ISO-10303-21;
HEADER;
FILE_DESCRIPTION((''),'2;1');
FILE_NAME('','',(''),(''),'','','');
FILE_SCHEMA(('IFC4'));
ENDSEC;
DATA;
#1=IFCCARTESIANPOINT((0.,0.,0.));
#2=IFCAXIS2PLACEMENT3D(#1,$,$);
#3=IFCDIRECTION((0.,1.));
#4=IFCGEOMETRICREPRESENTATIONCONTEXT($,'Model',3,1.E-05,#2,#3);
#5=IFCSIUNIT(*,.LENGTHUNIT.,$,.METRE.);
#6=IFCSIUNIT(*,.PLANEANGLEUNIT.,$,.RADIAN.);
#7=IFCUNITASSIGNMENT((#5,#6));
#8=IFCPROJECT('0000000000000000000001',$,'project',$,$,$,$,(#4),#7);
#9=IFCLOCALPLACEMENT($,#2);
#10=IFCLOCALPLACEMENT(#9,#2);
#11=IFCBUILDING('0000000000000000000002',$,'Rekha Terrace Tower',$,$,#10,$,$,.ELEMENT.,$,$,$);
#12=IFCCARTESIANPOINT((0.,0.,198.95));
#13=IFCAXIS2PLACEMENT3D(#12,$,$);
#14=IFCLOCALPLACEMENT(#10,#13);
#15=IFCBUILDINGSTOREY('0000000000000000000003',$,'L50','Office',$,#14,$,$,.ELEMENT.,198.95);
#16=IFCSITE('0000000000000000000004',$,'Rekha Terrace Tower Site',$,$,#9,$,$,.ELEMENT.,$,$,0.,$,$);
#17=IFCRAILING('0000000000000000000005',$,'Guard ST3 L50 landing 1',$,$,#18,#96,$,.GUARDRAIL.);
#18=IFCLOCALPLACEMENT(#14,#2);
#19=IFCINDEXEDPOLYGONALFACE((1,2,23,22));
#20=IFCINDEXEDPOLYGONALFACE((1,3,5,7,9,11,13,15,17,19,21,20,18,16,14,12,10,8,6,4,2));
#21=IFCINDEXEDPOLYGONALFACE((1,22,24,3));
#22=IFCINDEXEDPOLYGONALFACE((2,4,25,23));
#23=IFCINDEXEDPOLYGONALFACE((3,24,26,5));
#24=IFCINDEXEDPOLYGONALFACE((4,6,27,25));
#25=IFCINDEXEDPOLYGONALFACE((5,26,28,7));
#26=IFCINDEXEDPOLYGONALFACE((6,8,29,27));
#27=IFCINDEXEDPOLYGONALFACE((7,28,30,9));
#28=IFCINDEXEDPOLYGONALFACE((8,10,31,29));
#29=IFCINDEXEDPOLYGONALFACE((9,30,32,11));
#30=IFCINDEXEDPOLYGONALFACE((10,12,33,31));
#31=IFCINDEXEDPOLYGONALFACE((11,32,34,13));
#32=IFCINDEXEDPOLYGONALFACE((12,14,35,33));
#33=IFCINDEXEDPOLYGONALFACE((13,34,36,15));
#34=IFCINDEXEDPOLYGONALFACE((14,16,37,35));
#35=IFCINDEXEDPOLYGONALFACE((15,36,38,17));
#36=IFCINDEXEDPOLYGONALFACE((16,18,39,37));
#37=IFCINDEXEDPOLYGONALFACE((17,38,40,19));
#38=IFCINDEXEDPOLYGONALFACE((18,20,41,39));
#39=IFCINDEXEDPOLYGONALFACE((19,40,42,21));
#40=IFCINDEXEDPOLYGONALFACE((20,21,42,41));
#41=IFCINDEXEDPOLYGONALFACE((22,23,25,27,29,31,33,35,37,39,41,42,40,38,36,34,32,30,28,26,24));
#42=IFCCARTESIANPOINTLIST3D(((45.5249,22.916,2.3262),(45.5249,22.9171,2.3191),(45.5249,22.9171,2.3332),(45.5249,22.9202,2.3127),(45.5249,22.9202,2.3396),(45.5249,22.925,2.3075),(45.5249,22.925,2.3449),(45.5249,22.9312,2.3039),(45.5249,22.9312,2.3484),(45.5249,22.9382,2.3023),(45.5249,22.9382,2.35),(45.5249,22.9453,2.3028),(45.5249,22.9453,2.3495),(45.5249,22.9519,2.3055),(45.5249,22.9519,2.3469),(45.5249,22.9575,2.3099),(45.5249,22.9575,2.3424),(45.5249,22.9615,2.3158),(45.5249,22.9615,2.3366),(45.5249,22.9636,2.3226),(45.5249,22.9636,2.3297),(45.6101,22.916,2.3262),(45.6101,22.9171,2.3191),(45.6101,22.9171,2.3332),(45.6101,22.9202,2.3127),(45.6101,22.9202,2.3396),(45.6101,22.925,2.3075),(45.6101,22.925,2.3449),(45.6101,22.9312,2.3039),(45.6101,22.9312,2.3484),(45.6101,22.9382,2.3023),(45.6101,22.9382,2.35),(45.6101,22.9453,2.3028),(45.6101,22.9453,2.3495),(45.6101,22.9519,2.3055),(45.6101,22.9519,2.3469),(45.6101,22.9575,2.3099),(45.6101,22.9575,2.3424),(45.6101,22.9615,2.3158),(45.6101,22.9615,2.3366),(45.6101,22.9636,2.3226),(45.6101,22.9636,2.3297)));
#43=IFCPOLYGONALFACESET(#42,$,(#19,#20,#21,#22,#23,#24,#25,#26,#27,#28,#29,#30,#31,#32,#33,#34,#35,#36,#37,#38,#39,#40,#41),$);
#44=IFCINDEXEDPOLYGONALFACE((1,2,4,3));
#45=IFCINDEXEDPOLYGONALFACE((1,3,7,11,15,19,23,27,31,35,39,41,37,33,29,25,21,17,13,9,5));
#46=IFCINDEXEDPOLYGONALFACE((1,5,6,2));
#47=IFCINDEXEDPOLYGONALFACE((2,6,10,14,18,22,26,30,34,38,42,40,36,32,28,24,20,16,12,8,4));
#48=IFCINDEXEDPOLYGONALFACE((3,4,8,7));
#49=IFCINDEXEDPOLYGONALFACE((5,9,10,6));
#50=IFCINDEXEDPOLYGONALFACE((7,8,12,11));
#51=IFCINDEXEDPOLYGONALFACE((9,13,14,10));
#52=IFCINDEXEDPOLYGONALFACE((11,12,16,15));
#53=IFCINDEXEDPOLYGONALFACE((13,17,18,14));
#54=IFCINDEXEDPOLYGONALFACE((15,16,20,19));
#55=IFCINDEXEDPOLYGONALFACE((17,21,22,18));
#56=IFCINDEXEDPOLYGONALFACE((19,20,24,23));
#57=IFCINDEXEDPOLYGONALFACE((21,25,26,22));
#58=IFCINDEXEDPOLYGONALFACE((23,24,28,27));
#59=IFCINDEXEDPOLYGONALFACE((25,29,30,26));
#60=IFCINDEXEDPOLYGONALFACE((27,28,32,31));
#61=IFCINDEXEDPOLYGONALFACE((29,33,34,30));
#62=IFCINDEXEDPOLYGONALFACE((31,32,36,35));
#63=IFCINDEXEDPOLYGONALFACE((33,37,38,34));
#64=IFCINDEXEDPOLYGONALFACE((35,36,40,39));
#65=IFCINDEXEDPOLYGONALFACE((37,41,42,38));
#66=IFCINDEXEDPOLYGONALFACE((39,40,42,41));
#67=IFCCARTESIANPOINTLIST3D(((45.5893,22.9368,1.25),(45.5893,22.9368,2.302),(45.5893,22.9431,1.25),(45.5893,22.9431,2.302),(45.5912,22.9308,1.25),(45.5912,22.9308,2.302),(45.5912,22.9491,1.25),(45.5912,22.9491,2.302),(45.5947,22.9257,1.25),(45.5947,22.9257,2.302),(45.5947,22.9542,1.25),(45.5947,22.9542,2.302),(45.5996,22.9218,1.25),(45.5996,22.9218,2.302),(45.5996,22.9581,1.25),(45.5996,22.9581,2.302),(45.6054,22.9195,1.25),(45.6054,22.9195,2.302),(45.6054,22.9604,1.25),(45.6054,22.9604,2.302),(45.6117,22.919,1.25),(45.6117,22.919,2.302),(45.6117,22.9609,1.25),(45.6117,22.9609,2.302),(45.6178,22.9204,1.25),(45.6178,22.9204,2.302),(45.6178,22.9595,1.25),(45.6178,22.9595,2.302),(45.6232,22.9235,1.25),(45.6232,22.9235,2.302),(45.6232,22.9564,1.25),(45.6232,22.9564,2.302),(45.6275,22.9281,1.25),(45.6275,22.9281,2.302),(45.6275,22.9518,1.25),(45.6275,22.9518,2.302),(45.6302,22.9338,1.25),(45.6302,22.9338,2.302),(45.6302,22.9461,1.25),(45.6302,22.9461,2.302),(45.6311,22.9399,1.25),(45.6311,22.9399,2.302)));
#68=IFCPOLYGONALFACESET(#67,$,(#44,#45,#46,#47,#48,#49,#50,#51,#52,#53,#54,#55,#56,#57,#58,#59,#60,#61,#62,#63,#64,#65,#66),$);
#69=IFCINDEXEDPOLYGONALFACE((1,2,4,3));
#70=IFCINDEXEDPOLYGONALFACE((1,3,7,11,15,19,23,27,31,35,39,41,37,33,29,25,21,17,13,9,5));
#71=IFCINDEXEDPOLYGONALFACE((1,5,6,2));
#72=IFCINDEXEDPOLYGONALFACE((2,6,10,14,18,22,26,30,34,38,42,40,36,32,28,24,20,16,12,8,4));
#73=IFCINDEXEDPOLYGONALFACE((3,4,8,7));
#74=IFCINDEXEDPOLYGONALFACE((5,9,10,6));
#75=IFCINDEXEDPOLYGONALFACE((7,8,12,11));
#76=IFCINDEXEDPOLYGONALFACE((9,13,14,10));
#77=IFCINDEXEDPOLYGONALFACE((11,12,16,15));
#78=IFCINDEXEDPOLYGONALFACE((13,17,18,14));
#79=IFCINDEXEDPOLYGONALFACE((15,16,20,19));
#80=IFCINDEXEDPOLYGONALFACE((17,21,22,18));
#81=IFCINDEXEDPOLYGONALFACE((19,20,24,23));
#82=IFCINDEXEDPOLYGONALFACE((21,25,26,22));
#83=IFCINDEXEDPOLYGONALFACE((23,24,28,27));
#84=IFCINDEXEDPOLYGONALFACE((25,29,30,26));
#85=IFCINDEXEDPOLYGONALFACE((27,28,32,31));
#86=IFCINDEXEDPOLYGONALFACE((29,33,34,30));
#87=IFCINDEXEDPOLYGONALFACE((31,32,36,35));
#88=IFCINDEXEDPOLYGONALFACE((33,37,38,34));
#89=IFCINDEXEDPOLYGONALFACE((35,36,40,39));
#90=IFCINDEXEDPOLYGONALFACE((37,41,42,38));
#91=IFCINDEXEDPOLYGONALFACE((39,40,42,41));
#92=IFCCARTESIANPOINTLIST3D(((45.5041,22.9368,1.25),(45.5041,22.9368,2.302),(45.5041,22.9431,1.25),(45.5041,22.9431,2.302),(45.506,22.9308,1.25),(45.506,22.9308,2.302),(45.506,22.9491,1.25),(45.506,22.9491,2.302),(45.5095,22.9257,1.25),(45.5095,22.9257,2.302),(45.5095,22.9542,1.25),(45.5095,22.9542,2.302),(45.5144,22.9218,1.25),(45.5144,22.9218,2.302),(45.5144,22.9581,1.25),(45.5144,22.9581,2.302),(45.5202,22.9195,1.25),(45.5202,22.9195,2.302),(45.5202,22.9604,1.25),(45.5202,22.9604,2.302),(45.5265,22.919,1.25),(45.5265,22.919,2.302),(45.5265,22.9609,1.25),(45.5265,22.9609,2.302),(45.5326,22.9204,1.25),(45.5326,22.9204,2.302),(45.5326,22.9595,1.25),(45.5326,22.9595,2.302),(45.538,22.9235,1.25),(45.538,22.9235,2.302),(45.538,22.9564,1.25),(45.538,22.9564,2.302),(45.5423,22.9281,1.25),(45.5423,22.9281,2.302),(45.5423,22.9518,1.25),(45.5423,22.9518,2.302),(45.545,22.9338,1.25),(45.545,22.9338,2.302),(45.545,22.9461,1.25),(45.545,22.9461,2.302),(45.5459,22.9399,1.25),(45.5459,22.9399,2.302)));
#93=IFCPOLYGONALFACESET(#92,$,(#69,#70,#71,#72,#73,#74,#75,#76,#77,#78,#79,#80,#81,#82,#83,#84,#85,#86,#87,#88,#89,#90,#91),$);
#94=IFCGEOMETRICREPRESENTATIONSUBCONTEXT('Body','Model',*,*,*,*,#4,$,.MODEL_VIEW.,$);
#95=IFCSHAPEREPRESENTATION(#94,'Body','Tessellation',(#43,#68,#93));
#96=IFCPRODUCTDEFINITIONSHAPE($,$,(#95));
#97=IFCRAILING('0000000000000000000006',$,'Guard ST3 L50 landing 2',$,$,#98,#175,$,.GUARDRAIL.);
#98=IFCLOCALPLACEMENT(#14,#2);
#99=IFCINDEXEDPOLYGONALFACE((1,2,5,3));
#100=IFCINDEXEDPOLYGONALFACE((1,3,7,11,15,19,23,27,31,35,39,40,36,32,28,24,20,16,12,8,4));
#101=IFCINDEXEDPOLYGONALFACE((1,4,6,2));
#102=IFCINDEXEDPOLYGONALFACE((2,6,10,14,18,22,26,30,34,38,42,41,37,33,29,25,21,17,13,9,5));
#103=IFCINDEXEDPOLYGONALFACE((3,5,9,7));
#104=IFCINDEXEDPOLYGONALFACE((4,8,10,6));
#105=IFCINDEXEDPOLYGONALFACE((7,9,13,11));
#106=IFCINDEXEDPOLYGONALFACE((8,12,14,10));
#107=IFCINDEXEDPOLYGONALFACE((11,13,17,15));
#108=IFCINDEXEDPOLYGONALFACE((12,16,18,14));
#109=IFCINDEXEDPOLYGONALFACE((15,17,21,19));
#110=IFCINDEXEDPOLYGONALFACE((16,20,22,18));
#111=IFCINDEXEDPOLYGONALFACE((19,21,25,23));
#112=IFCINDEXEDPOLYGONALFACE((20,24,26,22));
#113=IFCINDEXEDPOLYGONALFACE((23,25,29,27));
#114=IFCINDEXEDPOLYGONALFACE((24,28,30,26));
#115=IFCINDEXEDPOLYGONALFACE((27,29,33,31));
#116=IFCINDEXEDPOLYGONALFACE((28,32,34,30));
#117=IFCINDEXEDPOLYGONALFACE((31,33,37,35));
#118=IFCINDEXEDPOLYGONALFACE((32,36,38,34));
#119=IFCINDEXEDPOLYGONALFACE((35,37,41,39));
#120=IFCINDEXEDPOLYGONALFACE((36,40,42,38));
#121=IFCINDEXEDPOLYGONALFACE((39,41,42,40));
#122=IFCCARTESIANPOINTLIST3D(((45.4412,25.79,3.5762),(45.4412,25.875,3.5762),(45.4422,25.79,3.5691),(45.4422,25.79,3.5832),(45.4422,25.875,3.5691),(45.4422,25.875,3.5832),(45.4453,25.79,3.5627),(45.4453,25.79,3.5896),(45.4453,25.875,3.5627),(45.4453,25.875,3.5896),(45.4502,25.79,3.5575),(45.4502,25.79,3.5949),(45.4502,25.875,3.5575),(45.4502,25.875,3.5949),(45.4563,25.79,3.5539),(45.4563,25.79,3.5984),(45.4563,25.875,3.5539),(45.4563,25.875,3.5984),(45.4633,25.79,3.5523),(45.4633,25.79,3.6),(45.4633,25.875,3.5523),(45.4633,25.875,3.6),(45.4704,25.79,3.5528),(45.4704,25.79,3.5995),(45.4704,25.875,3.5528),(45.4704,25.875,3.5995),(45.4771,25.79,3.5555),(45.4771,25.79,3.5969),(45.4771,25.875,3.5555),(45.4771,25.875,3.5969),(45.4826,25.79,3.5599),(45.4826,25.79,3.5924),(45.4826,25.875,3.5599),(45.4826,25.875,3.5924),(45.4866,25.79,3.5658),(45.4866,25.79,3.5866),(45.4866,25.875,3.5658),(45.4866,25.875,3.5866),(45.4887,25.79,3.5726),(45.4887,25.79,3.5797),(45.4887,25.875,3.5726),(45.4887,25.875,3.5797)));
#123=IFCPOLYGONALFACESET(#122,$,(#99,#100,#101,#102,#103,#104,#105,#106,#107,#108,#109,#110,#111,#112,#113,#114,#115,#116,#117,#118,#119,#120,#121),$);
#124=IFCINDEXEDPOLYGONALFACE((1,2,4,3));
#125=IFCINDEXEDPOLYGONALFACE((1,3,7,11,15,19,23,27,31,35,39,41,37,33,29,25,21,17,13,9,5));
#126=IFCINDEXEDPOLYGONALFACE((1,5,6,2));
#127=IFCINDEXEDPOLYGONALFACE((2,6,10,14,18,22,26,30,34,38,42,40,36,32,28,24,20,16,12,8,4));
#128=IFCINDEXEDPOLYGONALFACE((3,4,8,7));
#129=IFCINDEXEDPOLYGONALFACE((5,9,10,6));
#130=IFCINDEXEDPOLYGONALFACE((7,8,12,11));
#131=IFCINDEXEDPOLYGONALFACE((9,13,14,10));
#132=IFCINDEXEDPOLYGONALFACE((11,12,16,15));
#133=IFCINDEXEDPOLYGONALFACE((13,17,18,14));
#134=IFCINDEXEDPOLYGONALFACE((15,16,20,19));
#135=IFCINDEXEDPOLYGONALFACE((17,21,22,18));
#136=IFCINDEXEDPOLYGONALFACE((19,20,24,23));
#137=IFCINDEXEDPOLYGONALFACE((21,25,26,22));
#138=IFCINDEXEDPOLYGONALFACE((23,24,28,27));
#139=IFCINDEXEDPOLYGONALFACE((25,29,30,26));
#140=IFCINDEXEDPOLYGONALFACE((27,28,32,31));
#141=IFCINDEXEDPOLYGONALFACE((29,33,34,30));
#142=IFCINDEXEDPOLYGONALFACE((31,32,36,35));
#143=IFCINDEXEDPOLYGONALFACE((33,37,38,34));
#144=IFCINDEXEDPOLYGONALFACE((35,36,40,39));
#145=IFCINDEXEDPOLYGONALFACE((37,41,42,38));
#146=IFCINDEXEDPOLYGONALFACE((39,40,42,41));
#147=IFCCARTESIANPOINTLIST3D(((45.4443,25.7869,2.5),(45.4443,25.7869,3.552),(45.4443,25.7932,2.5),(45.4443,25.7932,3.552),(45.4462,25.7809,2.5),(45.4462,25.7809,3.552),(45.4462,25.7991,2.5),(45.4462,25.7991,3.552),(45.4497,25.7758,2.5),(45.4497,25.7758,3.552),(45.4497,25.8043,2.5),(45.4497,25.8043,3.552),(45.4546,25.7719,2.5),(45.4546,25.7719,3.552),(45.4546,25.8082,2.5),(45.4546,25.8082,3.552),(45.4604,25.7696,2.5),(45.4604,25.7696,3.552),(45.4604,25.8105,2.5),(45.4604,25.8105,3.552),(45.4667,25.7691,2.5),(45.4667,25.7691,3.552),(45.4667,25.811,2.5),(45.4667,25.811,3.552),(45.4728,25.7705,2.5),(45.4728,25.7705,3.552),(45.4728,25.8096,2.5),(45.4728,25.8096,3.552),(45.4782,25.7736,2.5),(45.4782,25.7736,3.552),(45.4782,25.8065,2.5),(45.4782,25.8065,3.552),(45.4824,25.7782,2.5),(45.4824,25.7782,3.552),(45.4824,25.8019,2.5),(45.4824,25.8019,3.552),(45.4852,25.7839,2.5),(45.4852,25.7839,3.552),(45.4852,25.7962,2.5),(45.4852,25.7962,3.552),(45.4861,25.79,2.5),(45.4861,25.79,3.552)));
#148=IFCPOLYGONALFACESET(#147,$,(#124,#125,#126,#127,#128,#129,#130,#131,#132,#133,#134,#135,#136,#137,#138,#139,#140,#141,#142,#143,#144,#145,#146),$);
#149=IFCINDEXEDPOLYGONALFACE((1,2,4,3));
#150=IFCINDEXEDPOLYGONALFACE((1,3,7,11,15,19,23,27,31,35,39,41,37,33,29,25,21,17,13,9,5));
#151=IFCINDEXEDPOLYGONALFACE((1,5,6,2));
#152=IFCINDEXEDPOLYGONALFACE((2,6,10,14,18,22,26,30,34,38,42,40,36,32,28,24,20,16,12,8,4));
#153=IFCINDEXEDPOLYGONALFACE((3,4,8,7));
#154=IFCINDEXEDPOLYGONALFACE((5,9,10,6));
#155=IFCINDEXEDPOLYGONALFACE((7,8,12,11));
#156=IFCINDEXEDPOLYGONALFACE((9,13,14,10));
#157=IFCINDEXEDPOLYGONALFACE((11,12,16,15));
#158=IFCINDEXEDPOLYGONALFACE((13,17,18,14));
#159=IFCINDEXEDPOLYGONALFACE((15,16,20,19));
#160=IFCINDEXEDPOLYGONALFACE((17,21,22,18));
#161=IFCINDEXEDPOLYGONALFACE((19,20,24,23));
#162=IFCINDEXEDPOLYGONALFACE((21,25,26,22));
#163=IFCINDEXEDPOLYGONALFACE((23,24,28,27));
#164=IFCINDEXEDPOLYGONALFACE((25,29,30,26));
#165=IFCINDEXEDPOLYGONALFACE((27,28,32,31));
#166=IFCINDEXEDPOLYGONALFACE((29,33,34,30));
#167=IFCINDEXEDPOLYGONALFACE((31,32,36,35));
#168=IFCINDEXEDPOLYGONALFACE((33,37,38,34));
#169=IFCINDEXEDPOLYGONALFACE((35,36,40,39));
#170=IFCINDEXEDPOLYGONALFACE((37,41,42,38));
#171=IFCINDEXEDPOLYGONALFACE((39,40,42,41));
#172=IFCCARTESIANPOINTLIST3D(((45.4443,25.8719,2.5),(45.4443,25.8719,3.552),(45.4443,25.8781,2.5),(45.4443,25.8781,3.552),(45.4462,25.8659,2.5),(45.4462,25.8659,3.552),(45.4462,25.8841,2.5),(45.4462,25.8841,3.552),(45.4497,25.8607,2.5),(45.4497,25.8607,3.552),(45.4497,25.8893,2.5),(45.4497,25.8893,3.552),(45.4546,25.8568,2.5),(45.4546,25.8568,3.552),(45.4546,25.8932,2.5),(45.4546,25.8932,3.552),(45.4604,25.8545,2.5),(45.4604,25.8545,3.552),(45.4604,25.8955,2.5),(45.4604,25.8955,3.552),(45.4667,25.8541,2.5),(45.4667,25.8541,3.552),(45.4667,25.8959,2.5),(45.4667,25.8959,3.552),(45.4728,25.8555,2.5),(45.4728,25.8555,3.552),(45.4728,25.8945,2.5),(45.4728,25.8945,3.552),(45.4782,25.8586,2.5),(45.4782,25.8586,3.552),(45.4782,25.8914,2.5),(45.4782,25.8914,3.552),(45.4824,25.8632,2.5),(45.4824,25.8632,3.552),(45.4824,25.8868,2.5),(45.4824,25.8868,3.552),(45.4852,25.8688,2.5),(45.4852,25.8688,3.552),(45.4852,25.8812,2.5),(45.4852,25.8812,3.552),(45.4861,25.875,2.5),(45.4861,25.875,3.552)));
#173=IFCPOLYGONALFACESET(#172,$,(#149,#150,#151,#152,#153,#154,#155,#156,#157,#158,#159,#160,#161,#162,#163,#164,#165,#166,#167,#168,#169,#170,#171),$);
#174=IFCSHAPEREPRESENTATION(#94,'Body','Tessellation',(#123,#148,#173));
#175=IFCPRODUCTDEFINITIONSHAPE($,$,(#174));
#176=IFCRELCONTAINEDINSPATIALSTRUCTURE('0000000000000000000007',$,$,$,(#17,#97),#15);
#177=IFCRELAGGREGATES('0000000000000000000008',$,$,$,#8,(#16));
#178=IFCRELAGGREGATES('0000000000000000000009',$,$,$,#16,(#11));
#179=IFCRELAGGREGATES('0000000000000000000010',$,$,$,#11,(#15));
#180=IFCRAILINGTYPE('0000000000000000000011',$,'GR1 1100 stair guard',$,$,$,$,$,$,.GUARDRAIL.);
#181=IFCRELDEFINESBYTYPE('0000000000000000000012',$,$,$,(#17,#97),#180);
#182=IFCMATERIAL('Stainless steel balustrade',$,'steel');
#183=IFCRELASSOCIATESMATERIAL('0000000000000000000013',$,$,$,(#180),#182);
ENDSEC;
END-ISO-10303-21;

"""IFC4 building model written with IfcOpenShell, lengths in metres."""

from ifc_helpers import new_model, si_unit, direction, frame, origin, origin_2d, place, context, subcontext, project, spatial, circle, extrude, material, type_object, element, save


model = new_model("IFC4")

# Units and contexts
model_context = context("Model", 3, precision=1e-05, world=origin(), true_north=direction((0.0, 1.0)))
body_context = subcontext(model_context, "Body", "Model", "MODEL_VIEW")
ifc_project = project(units=[si_unit("LENGTHUNIT", "METRE"), si_unit("PLANEANGLEUNIT", "RADIAN")], contexts=[model_context])

# Site, building, storey
site_placement = place(None, origin())
site = spatial("IfcSite", under=ifc_project, at=site_placement, Name="Rekha Terrace Tower Site", CompositionType="ELEMENT", RefElevation=0.0)
building_placement = place(site_placement, origin())
building = spatial("IfcBuilding", under=site, at=building_placement, Name="Rekha Terrace Tower", CompositionType="ELEMENT")
storey_placement = place(building_placement, frame((0.0, 0.0, 198.95)))
storey = spatial("IfcBuildingStorey", under=building, at=storey_placement, Name="L50", Description="Office", CompositionType="ELEMENT", Elevation=198.95)

# Railings
ifc_material_1 = material(Name="Stainless steel balustrade", Category="steel")
railing_type_1 = type_object("IfcRailingType", Name="GR1 1100 stair guard", PredefinedType="GUARDRAIL", material=ifc_material_1)
railing_1_placement = place(storey_placement, frame((45.6101, 22.9399, 1.25)))
element("IfcRailing", 1, at=railing_1_placement, inside=storey, type_object=railing_type_1, Name="Guard ST3 L50 landing 1", PredefinedType="GUARDRAIL", context=body_context, shape_type="SweptSolid", body=[
    extrude(circle(Radius=0.0239, at=origin_2d()), frame((0.0, 0.0, 1.0762), z_axis=(-1.0, 0.0, 0.0), x_axis=(0.0, -1.0, 0.0)), (0.0, 0.0, 1.0), 0.0852),
    extrude(circle(Radius=0.021, at=origin_2d()), origin(), (0.0, 0.0, 1.0), 1.052),
    extrude(circle(Radius=0.021, at=origin_2d()), frame((-0.0852, 0.0, 0.0)), (0.0, 0.0, 1.0), 1.052),
])
railing_2_placement = place(storey_placement, frame((45.4651, 25.79, 2.5)))
element("IfcRailing", 2, at=railing_2_placement, inside=storey, type_object=railing_type_1, Name="Guard ST3 L50 landing 2", PredefinedType="GUARDRAIL", context=body_context, shape_type="SweptSolid", body=[
    extrude(circle(Radius=0.0239, at=origin_2d()), frame((0.0, 0.0, 1.0762), z_axis=(0.0, 1.0, 0.0), x_axis=(-1.0, 0.0, 0.0)), (0.0, 0.0, 1.0), 0.085),
    extrude(circle(Radius=0.021, at=origin_2d()), origin(), (0.0, 0.0, 1.0), 1.052),
    extrude(circle(Radius=0.021, at=origin_2d()), frame((0.0, 0.085, 0.0)), (0.0, 0.0, 1.0), 1.052),
])

save(model, "model.ifc")
